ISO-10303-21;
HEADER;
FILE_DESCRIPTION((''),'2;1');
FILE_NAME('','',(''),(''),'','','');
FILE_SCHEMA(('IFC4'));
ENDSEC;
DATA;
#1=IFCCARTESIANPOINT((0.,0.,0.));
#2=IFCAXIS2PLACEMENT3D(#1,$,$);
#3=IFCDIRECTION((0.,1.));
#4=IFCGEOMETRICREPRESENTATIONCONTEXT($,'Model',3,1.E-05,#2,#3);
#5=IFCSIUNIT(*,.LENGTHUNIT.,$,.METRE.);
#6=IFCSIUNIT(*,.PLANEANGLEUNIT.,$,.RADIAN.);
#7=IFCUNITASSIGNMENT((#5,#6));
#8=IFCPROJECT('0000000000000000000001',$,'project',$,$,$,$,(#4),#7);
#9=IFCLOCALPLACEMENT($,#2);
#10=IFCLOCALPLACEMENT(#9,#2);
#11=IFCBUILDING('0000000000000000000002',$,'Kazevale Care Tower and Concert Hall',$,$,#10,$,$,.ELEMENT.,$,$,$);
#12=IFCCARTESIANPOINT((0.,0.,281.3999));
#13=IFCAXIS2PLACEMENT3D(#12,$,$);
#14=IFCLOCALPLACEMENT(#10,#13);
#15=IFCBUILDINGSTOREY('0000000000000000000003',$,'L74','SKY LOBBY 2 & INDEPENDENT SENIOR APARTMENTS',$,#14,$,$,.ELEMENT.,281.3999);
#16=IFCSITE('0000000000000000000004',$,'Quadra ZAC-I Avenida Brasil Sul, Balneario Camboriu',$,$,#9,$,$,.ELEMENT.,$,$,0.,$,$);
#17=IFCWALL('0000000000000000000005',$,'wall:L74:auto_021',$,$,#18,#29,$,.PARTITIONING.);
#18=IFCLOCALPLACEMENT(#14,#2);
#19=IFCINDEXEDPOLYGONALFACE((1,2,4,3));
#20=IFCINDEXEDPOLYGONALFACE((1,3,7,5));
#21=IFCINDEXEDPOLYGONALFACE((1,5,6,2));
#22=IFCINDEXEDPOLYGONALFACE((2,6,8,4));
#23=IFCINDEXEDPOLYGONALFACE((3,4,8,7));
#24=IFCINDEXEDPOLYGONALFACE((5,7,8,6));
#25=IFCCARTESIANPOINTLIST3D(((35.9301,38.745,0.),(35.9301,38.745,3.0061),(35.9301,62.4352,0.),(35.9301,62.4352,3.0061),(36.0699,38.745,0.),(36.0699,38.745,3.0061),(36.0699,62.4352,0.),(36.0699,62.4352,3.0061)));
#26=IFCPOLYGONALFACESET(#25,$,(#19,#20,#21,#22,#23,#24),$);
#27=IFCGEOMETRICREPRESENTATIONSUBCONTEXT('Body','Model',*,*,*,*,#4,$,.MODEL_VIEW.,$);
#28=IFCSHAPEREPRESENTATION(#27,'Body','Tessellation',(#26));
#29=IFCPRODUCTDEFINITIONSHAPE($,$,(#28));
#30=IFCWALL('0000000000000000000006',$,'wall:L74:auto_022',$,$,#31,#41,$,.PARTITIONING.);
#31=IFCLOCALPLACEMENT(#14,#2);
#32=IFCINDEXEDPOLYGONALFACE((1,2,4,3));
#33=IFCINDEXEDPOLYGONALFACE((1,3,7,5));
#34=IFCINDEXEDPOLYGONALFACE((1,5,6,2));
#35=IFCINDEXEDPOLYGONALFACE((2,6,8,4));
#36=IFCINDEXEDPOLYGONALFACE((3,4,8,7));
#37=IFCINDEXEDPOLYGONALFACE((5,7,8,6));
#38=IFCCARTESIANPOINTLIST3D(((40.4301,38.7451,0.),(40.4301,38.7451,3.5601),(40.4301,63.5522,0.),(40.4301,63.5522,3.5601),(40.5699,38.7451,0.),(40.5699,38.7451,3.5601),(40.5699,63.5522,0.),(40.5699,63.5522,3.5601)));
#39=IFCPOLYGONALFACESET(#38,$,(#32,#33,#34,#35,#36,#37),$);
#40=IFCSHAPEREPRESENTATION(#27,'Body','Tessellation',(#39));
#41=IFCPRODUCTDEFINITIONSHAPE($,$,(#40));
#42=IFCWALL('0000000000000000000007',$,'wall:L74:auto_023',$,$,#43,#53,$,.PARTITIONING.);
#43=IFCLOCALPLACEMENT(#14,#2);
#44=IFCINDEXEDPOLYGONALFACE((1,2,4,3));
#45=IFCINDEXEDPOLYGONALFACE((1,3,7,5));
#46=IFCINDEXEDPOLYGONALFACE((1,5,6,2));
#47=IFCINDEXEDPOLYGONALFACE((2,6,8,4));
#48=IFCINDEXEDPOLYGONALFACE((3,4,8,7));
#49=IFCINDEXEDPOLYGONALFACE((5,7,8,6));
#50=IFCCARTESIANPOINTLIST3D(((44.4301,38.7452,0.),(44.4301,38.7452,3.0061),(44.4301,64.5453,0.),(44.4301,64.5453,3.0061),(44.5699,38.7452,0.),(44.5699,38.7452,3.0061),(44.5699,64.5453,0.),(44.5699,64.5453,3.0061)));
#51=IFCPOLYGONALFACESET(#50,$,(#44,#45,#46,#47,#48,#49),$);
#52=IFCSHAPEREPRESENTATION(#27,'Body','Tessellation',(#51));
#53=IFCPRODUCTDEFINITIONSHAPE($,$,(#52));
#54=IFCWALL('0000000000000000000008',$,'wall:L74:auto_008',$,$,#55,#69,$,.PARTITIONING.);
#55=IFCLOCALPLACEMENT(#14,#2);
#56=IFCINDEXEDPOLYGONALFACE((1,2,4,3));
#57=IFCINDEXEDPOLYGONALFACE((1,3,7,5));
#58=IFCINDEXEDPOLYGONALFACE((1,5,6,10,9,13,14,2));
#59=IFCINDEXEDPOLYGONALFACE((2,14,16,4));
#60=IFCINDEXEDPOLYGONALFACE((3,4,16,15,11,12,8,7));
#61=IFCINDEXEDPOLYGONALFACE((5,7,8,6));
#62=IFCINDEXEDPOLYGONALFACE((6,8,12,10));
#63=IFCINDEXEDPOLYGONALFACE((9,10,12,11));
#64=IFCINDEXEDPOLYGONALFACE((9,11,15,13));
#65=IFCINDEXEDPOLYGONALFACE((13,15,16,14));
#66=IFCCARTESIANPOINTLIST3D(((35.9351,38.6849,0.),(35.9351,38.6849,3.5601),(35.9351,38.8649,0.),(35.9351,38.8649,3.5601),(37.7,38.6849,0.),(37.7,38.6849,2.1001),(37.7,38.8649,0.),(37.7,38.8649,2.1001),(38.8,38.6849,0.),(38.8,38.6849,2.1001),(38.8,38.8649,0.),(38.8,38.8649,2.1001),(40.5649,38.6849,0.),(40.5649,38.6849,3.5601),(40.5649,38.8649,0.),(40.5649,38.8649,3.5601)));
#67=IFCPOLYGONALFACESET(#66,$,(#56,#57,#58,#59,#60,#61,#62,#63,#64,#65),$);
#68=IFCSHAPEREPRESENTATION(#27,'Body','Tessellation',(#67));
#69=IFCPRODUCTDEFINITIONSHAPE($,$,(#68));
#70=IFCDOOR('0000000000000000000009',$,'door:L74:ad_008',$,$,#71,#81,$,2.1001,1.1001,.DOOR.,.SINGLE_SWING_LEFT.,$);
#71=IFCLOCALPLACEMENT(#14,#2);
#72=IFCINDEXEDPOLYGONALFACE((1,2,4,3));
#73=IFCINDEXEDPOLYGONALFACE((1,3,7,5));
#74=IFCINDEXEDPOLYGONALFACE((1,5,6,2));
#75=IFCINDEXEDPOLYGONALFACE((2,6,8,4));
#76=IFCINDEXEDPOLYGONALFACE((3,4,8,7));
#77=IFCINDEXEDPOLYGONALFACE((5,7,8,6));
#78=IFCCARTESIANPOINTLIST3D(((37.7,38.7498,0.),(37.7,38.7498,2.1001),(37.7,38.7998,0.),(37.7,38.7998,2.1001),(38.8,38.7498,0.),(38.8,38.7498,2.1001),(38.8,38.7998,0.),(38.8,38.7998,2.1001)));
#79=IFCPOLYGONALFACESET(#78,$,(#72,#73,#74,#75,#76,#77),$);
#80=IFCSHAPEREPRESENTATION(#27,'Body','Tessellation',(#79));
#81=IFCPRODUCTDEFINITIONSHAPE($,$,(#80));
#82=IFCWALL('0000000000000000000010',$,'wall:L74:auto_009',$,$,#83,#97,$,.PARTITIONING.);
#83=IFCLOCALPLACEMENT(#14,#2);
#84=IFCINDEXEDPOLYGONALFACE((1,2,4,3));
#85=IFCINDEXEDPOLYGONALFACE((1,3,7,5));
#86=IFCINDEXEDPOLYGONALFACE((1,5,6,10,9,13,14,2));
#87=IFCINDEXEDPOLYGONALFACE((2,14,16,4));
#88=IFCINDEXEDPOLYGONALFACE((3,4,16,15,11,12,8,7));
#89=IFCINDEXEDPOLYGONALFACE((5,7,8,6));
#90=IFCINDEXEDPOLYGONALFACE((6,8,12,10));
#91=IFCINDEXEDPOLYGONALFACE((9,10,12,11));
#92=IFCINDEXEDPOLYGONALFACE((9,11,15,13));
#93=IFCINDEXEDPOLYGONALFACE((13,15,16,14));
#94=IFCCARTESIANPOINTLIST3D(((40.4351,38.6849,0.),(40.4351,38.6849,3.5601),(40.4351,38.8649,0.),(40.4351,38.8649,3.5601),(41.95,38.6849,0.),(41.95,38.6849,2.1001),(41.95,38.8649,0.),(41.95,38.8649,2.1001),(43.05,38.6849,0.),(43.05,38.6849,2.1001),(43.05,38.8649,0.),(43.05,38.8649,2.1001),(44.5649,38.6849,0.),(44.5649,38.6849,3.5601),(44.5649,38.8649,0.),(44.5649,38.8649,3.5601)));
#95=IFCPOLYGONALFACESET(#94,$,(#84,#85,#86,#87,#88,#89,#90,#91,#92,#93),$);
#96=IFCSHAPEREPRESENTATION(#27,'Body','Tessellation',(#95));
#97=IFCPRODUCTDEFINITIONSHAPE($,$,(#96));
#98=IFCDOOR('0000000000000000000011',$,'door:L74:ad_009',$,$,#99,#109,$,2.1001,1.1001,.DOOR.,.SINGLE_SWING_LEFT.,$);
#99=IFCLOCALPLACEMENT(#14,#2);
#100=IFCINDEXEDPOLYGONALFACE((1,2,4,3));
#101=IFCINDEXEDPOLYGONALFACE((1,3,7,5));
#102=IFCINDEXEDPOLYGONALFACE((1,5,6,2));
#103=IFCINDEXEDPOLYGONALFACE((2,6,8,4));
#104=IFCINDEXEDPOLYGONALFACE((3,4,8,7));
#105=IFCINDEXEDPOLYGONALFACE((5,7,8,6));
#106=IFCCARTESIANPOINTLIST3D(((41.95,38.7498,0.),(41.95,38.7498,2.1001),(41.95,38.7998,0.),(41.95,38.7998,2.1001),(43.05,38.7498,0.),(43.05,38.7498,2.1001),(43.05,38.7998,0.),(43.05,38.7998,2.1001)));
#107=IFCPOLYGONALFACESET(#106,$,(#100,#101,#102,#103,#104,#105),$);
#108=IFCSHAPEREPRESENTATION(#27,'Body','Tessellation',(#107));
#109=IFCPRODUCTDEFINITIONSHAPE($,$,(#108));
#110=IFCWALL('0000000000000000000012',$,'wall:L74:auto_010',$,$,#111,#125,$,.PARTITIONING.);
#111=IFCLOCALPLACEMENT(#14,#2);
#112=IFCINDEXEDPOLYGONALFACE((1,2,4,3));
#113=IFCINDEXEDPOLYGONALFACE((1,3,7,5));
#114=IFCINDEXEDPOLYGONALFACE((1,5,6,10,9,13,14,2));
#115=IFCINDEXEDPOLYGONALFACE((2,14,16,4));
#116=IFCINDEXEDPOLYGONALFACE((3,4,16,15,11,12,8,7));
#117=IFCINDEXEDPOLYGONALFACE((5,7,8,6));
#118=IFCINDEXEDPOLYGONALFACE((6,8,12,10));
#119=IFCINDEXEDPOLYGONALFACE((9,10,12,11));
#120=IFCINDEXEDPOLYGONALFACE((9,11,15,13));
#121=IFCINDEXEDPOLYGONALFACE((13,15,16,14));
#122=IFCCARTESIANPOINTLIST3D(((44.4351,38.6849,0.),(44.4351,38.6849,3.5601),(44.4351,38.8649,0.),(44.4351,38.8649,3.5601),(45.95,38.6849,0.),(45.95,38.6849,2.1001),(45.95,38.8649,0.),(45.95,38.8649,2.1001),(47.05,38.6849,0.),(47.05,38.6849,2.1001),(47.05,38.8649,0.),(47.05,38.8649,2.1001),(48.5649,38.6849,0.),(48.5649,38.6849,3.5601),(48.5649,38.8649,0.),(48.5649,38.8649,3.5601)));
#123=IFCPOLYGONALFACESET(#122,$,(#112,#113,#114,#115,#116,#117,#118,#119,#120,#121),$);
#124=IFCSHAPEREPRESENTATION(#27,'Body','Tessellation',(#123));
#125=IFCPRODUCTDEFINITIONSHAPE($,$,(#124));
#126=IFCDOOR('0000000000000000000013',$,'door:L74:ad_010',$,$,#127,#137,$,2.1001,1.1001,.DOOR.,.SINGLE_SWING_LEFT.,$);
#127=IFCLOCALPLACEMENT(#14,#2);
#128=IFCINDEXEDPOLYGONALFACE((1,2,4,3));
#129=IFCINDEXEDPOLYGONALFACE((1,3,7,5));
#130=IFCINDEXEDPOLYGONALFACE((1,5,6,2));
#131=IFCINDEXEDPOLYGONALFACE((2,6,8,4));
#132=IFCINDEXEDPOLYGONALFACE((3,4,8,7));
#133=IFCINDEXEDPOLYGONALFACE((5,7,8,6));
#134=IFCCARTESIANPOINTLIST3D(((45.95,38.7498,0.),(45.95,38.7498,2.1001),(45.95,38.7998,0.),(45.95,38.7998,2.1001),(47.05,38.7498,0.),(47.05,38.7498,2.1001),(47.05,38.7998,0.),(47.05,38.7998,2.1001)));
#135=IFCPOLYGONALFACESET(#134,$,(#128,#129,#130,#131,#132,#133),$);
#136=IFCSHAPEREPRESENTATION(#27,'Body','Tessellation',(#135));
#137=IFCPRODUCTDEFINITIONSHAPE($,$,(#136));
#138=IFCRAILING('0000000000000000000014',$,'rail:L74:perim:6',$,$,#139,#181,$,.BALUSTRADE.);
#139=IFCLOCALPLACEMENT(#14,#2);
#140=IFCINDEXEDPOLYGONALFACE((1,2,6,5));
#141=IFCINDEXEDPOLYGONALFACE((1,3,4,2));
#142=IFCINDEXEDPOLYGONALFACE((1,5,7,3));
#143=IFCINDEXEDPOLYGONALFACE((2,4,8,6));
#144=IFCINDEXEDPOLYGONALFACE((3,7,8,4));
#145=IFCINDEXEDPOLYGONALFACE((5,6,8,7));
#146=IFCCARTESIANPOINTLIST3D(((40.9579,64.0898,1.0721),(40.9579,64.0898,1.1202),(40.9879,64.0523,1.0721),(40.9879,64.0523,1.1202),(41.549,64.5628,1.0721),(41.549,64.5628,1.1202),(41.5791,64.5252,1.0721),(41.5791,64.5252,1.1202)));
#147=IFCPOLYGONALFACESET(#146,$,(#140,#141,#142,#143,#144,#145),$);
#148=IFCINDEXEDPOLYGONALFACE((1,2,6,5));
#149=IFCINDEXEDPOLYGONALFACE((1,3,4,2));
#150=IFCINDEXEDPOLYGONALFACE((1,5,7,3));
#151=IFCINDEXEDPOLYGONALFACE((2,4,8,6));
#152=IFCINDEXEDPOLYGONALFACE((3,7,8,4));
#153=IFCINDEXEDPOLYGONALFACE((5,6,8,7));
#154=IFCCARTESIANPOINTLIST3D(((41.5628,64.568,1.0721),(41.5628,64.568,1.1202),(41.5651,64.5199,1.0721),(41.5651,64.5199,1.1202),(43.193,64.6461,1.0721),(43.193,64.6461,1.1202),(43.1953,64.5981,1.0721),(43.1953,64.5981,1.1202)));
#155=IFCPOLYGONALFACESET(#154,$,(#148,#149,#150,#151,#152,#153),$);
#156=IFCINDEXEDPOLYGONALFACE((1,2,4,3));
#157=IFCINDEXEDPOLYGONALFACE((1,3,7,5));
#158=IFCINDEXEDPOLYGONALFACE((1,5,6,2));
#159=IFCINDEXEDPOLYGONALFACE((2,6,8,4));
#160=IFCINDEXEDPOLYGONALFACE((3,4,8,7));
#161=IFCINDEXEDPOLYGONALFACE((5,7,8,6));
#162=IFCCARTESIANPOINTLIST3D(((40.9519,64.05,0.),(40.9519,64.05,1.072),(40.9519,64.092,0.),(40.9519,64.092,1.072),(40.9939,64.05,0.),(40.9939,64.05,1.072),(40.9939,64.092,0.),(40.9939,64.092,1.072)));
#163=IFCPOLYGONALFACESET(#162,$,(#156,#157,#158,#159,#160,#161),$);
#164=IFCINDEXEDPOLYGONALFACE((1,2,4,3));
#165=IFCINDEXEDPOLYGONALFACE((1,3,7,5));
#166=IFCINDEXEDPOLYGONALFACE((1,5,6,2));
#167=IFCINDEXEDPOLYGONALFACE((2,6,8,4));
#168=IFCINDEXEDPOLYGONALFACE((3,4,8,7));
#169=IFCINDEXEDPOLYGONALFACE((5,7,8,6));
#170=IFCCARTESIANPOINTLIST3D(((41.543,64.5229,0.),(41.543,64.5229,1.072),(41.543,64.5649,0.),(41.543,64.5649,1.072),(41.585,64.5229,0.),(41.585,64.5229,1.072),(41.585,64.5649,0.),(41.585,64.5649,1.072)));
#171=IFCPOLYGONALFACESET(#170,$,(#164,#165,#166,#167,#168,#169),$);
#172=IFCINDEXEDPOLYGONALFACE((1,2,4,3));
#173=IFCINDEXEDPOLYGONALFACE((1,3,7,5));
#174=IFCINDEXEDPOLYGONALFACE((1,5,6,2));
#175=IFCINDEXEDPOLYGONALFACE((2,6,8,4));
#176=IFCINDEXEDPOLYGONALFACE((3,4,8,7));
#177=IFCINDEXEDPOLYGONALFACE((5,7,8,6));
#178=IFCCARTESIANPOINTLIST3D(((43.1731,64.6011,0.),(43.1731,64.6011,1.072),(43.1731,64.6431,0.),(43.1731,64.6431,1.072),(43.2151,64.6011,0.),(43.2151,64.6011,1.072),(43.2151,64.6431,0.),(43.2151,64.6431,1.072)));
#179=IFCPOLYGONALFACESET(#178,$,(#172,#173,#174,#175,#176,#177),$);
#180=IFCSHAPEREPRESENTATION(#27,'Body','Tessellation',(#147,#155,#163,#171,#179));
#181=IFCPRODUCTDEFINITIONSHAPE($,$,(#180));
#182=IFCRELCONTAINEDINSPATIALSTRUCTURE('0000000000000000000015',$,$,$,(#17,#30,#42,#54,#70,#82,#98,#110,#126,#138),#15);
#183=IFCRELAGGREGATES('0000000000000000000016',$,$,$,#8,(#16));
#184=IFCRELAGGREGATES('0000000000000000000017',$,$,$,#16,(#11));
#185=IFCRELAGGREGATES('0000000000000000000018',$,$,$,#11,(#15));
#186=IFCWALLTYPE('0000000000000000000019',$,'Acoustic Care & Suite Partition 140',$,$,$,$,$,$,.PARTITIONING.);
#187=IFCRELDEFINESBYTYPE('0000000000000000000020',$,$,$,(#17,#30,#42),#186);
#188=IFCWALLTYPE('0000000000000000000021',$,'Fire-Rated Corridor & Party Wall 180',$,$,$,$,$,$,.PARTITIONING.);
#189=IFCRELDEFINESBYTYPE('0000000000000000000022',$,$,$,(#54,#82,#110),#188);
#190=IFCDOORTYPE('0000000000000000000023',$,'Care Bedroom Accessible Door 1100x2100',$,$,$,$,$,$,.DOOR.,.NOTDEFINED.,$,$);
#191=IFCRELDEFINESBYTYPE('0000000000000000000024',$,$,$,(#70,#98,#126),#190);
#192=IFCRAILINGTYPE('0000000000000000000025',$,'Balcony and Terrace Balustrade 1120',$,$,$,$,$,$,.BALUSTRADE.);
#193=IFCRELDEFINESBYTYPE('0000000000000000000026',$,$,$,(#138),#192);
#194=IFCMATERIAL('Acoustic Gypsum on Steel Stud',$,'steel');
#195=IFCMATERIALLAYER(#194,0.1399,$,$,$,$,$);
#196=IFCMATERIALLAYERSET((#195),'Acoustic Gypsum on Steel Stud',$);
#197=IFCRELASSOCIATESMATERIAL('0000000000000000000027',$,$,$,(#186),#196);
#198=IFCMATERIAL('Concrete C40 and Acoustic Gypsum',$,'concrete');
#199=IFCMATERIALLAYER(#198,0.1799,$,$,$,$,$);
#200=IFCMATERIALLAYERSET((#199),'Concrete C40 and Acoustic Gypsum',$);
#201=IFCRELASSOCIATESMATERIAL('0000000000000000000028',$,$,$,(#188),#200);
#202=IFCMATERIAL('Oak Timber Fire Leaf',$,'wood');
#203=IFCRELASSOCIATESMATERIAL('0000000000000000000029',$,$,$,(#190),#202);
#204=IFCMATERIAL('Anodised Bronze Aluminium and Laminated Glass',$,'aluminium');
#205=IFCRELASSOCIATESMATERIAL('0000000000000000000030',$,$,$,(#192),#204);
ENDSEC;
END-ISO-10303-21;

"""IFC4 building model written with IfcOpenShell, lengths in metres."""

from ifc_helpers import new_model, si_unit, direction, frame, frame_2d, origin, origin_2d, place, context, subcontext, project, spatial, rectangle, extrude, material, layer, layer_set, type_object, element, fill, save


model = new_model("IFC4")

# Units and contexts
model_context = context("Model", 3, precision=1e-05, world=origin(), true_north=direction((0.0, 1.0)))
body_context = subcontext(model_context, "Body", "Model", "MODEL_VIEW")
ifc_project = project(units=[si_unit("LENGTHUNIT", "METRE"), si_unit("PLANEANGLEUNIT", "RADIAN")], contexts=[model_context])

# Site, building, storey
site_placement = place(None, origin())
site = spatial("IfcSite", under=ifc_project, at=site_placement, Name="Quadra ZAC-I Avenida Brasil Sul, Balneario Camboriu", CompositionType="ELEMENT", RefElevation=0.0)
building_placement = place(site_placement, origin())
building = spatial("IfcBuilding", under=site, at=building_placement, Name="Kazevale Care Tower and Concert Hall", CompositionType="ELEMENT")
storey_placement = place(building_placement, frame((0.0, 0.0, 281.3999)))
storey = spatial("IfcBuildingStorey", under=building, at=storey_placement, Name="L74", Description="SKY LOBBY 2 & INDEPENDENT SENIOR APARTMENTS", CompositionType="ELEMENT", Elevation=281.3999)

# Walls
ifc_material_1 = material(Name="Acoustic Gypsum on Steel Stud", Category="steel")
ifc_layer_1 = layer(ifc_material_1, 0.1399)
ifc_layer_set_1 = layer_set([ifc_layer_1], Name="Acoustic Gypsum on Steel Stud")
wall_type_1 = type_object("IfcWallType", Name="Acoustic Care & Suite Partition 140", PredefinedType="PARTITIONING", material=ifc_layer_set_1)
wall_1_placement = place(storey_placement, frame((36.0, 62.4353, 0.0), z_axis=(0.0, 0.0, 1.0), x_axis=(0.0, -1.0, 0.0)))
element("IfcWall", 1, at=wall_1_placement, inside=storey, type_object=wall_type_1, Name="wall:L74:auto_021", PredefinedType="PARTITIONING", context=body_context, shape_type="SweptSolid", body=[
    extrude(rectangle(XDim=23.6902, YDim=0.1399, at=frame_2d((11.8452, 0.0))), origin(), (0.0, 0.0, 1.0), 3.0061),
])
wall_2_placement = place(storey_placement, frame((40.5, 63.5522, 0.0), z_axis=(0.0, 0.0, 1.0), x_axis=(0.0, -1.0, 0.0)))
element("IfcWall", 2, at=wall_2_placement, inside=storey, type_object=wall_type_1, Name="wall:L74:auto_022", PredefinedType="PARTITIONING", context=body_context, shape_type="SweptSolid", body=[
    extrude(rectangle(XDim=24.8071, YDim=0.1399, at=frame_2d((12.4036, 0.0))), origin(), (0.0, 0.0, 1.0), 3.5601),
])
wall_3_placement = place(storey_placement, frame((44.5, 64.5452, 0.0), z_axis=(0.0, 0.0, 1.0), x_axis=(0.0, -1.0, 0.0)))
element("IfcWall", 3, at=wall_3_placement, inside=storey, type_object=wall_type_1, Name="wall:L74:auto_023", PredefinedType="PARTITIONING", context=body_context, shape_type="SweptSolid", body=[
    extrude(rectangle(XDim=25.8, YDim=0.1399, at=frame_2d((12.8999, 0.0))), origin(), (0.0, 0.0, 1.0), 3.0061),
])

# Walls, openings, doors
ifc_material_2 = material(Name="Concrete C40 and Acoustic Gypsum", Category="concrete")
ifc_layer_2 = layer(ifc_material_2, 0.1799)
ifc_layer_set_2 = layer_set([ifc_layer_2], Name="Concrete C40 and Acoustic Gypsum")
wall_type_2 = type_object("IfcWallType", Name="Fire-Rated Corridor & Party Wall 180", PredefinedType="PARTITIONING", material=ifc_layer_set_2)
wall_4_placement = place(storey_placement, frame((35.9351, 38.7749, 0.0), z_axis=(0.0, 0.0, 1.0), x_axis=(1.0, 0.0, 0.0)))
wall_4 = element("IfcWall", 4, at=wall_4_placement, inside=storey, type_object=wall_type_2, Name="wall:L74:auto_008", PredefinedType="PARTITIONING", context=body_context, shape_type="SweptSolid", body=[
    extrude(rectangle(XDim=4.6299, YDim=0.1799, at=frame_2d((2.3149, 0.0))), origin(), (0.0, 0.0, 1.0), 3.5601),
])
opening_1_placement = place(wall_4_placement, frame((1.7649, 0.0, 0.0)))
opening_1 = element("IfcOpeningElement", 5, at=opening_1_placement, cuts=wall_4, PredefinedType="OPENING", context=body_context, shape_type="SweptSolid", body=[
    extrude(rectangle(XDim=1.1001, YDim=2.1001, at=frame_2d((0.55, 1.05))), frame((0.0, 0.0999, 0.0), z_axis=(0.0, -1.0, 0.0), x_axis=(1.0, 0.0, 0.0)), (0.0, 0.0, 1.0), 0.2),
])
ifc_material_3 = material(Name="Oak Timber Fire Leaf", Category="wood")
door_type = type_object("IfcDoorType", Name="Care Bedroom Accessible Door 1100x2100", OperationType="NOTDEFINED", PredefinedType="DOOR", material=ifc_material_3)
door_1_placement = place(opening_1_placement, origin())
door_1 = element("IfcDoor", 6, at=door_1_placement, inside=storey, type_object=door_type, Name="door:L74:ad_008", OperationType="SINGLE_SWING_LEFT", OverallHeight=2.1001, OverallWidth=1.1001, PredefinedType="DOOR", context=body_context, shape_type="SweptSolid", body=[
    extrude(rectangle(XDim=1.1001, YDim=2.1001, at=frame_2d((0.55, 1.05))), frame((0.0, 0.0249, 0.0), z_axis=(0.0, -1.0, 0.0), x_axis=(1.0, 0.0, 0.0)), (0.0, 0.0, 1.0), 0.05),
])
fill(opening_1, door_1)
wall_5_placement = place(storey_placement, frame((40.4351, 38.7749, 0.0), z_axis=(0.0, 0.0, 1.0), x_axis=(1.0, 0.0, 0.0)))
wall_5 = element("IfcWall", 7, at=wall_5_placement, inside=storey, type_object=wall_type_2, Name="wall:L74:auto_009", PredefinedType="PARTITIONING", context=body_context, shape_type="SweptSolid", body=[
    extrude(rectangle(XDim=4.1299, YDim=0.1799, at=frame_2d((2.0649, 0.0))), origin(), (0.0, 0.0, 1.0), 3.5601),
])
opening_2_placement = place(wall_5_placement, frame((1.5149, 0.0, 0.0)))
opening_2 = element("IfcOpeningElement", 8, at=opening_2_placement, cuts=wall_5, PredefinedType="OPENING", context=body_context, shape_type="SweptSolid", body=[
    extrude(rectangle(XDim=1.1001, YDim=2.1001, at=frame_2d((0.55, 1.05))), frame((0.0, 0.0999, 0.0), z_axis=(0.0, -1.0, 0.0), x_axis=(1.0, 0.0, 0.0)), (0.0, 0.0, 1.0), 0.2),
])
door_2_placement = place(opening_2_placement, origin())
door_2 = element("IfcDoor", 9, at=door_2_placement, inside=storey, type_object=door_type, Name="door:L74:ad_009", OperationType="SINGLE_SWING_LEFT", OverallHeight=2.1001, OverallWidth=1.1001, PredefinedType="DOOR", context=body_context, shape_type="SweptSolid", body=[
    extrude(rectangle(XDim=1.1001, YDim=2.1001, at=frame_2d((0.55, 1.05))), frame((0.0, 0.0249, 0.0), z_axis=(0.0, -1.0, 0.0), x_axis=(1.0, 0.0, 0.0)), (0.0, 0.0, 1.0), 0.05),
])
fill(opening_2, door_2)
wall_6_placement = place(storey_placement, frame((44.4351, 38.7749, 0.0), z_axis=(0.0, 0.0, 1.0), x_axis=(1.0, 0.0, 0.0)))
wall_6 = element("IfcWall", 10, at=wall_6_placement, inside=storey, type_object=wall_type_2, Name="wall:L74:auto_010", PredefinedType="PARTITIONING", context=body_context, shape_type="SweptSolid", body=[
    extrude(rectangle(XDim=4.1299, YDim=0.1799, at=frame_2d((2.0649, 0.0))), origin(), (0.0, 0.0, 1.0), 3.5601),
])
opening_3_placement = place(wall_6_placement, frame((1.5149, 0.0, 0.0)))
opening_3 = element("IfcOpeningElement", 11, at=opening_3_placement, cuts=wall_6, PredefinedType="OPENING", context=body_context, shape_type="SweptSolid", body=[
    extrude(rectangle(XDim=1.1001, YDim=2.1001, at=frame_2d((0.55, 1.05))), frame((0.0, 0.0999, 0.0), z_axis=(0.0, -1.0, 0.0), x_axis=(1.0, 0.0, 0.0)), (0.0, 0.0, 1.0), 0.2),
])
door_3_placement = place(opening_3_placement, origin())
door_3 = element("IfcDoor", 12, at=door_3_placement, inside=storey, type_object=door_type, Name="door:L74:ad_010", OperationType="SINGLE_SWING_LEFT", OverallHeight=2.1001, OverallWidth=1.1001, PredefinedType="DOOR", context=body_context, shape_type="SweptSolid", body=[
    extrude(rectangle(XDim=1.1001, YDim=2.1001, at=frame_2d((0.55, 1.05))), frame((0.0, 0.0249, 0.0), z_axis=(0.0, -1.0, 0.0), x_axis=(1.0, 0.0, 0.0)), (0.0, 0.0, 1.0), 0.05),
])
fill(opening_3, door_3)

# Railing
ifc_material_4 = material(Name="Anodised Bronze Aluminium and Laminated Glass", Category="aluminium")
railing_type = type_object("IfcRailingType", Name="Balcony and Terrace Balustrade 1120", PredefinedType="BALUSTRADE", material=ifc_material_4)
railing_placement = place(storey_placement, frame((40.9729, 64.071, 0.0)))
element("IfcRailing", 13, at=railing_placement, inside=storey, type_object=railing_type, Name="rail:L74:perim:6", PredefinedType="BALUSTRADE", context=body_context, shape_type="SweptSolid", body=[
    extrude(rectangle(XDim=0.0481, YDim=0.0481, at=origin_2d()), frame((0.0, 0.0, 1.0962), z_axis=(0.780837, 0.624734, 0.0), x_axis=(-0.624734, 0.780837, 0.0)), (0.0, 0.0, 1.0), 0.7571),
    extrude(rectangle(XDim=0.0481, YDim=0.0481, at=origin_2d()), frame((0.5911, 0.4729, 1.0962), z_axis=(0.998854, 0.047871, 0.0), x_axis=(-0.047871, 0.998854, 0.0)), (0.0, 0.0, 1.0), 1.6321),
    extrude(rectangle(XDim=0.042, YDim=0.042, at=origin_2d()), origin(), (0.0, 0.0, 1.0), 1.072),
    extrude(rectangle(XDim=0.042, YDim=0.042, at=origin_2d()), frame((0.5911, 0.4729, 0.0)), (0.0, 0.0, 1.0), 1.072),
    extrude(rectangle(XDim=0.042, YDim=0.042, at=origin_2d()), frame((2.2212, 0.551, 0.0)), (0.0, 0.0, 1.0), 1.072),
])

save(model, "model.ifc")
